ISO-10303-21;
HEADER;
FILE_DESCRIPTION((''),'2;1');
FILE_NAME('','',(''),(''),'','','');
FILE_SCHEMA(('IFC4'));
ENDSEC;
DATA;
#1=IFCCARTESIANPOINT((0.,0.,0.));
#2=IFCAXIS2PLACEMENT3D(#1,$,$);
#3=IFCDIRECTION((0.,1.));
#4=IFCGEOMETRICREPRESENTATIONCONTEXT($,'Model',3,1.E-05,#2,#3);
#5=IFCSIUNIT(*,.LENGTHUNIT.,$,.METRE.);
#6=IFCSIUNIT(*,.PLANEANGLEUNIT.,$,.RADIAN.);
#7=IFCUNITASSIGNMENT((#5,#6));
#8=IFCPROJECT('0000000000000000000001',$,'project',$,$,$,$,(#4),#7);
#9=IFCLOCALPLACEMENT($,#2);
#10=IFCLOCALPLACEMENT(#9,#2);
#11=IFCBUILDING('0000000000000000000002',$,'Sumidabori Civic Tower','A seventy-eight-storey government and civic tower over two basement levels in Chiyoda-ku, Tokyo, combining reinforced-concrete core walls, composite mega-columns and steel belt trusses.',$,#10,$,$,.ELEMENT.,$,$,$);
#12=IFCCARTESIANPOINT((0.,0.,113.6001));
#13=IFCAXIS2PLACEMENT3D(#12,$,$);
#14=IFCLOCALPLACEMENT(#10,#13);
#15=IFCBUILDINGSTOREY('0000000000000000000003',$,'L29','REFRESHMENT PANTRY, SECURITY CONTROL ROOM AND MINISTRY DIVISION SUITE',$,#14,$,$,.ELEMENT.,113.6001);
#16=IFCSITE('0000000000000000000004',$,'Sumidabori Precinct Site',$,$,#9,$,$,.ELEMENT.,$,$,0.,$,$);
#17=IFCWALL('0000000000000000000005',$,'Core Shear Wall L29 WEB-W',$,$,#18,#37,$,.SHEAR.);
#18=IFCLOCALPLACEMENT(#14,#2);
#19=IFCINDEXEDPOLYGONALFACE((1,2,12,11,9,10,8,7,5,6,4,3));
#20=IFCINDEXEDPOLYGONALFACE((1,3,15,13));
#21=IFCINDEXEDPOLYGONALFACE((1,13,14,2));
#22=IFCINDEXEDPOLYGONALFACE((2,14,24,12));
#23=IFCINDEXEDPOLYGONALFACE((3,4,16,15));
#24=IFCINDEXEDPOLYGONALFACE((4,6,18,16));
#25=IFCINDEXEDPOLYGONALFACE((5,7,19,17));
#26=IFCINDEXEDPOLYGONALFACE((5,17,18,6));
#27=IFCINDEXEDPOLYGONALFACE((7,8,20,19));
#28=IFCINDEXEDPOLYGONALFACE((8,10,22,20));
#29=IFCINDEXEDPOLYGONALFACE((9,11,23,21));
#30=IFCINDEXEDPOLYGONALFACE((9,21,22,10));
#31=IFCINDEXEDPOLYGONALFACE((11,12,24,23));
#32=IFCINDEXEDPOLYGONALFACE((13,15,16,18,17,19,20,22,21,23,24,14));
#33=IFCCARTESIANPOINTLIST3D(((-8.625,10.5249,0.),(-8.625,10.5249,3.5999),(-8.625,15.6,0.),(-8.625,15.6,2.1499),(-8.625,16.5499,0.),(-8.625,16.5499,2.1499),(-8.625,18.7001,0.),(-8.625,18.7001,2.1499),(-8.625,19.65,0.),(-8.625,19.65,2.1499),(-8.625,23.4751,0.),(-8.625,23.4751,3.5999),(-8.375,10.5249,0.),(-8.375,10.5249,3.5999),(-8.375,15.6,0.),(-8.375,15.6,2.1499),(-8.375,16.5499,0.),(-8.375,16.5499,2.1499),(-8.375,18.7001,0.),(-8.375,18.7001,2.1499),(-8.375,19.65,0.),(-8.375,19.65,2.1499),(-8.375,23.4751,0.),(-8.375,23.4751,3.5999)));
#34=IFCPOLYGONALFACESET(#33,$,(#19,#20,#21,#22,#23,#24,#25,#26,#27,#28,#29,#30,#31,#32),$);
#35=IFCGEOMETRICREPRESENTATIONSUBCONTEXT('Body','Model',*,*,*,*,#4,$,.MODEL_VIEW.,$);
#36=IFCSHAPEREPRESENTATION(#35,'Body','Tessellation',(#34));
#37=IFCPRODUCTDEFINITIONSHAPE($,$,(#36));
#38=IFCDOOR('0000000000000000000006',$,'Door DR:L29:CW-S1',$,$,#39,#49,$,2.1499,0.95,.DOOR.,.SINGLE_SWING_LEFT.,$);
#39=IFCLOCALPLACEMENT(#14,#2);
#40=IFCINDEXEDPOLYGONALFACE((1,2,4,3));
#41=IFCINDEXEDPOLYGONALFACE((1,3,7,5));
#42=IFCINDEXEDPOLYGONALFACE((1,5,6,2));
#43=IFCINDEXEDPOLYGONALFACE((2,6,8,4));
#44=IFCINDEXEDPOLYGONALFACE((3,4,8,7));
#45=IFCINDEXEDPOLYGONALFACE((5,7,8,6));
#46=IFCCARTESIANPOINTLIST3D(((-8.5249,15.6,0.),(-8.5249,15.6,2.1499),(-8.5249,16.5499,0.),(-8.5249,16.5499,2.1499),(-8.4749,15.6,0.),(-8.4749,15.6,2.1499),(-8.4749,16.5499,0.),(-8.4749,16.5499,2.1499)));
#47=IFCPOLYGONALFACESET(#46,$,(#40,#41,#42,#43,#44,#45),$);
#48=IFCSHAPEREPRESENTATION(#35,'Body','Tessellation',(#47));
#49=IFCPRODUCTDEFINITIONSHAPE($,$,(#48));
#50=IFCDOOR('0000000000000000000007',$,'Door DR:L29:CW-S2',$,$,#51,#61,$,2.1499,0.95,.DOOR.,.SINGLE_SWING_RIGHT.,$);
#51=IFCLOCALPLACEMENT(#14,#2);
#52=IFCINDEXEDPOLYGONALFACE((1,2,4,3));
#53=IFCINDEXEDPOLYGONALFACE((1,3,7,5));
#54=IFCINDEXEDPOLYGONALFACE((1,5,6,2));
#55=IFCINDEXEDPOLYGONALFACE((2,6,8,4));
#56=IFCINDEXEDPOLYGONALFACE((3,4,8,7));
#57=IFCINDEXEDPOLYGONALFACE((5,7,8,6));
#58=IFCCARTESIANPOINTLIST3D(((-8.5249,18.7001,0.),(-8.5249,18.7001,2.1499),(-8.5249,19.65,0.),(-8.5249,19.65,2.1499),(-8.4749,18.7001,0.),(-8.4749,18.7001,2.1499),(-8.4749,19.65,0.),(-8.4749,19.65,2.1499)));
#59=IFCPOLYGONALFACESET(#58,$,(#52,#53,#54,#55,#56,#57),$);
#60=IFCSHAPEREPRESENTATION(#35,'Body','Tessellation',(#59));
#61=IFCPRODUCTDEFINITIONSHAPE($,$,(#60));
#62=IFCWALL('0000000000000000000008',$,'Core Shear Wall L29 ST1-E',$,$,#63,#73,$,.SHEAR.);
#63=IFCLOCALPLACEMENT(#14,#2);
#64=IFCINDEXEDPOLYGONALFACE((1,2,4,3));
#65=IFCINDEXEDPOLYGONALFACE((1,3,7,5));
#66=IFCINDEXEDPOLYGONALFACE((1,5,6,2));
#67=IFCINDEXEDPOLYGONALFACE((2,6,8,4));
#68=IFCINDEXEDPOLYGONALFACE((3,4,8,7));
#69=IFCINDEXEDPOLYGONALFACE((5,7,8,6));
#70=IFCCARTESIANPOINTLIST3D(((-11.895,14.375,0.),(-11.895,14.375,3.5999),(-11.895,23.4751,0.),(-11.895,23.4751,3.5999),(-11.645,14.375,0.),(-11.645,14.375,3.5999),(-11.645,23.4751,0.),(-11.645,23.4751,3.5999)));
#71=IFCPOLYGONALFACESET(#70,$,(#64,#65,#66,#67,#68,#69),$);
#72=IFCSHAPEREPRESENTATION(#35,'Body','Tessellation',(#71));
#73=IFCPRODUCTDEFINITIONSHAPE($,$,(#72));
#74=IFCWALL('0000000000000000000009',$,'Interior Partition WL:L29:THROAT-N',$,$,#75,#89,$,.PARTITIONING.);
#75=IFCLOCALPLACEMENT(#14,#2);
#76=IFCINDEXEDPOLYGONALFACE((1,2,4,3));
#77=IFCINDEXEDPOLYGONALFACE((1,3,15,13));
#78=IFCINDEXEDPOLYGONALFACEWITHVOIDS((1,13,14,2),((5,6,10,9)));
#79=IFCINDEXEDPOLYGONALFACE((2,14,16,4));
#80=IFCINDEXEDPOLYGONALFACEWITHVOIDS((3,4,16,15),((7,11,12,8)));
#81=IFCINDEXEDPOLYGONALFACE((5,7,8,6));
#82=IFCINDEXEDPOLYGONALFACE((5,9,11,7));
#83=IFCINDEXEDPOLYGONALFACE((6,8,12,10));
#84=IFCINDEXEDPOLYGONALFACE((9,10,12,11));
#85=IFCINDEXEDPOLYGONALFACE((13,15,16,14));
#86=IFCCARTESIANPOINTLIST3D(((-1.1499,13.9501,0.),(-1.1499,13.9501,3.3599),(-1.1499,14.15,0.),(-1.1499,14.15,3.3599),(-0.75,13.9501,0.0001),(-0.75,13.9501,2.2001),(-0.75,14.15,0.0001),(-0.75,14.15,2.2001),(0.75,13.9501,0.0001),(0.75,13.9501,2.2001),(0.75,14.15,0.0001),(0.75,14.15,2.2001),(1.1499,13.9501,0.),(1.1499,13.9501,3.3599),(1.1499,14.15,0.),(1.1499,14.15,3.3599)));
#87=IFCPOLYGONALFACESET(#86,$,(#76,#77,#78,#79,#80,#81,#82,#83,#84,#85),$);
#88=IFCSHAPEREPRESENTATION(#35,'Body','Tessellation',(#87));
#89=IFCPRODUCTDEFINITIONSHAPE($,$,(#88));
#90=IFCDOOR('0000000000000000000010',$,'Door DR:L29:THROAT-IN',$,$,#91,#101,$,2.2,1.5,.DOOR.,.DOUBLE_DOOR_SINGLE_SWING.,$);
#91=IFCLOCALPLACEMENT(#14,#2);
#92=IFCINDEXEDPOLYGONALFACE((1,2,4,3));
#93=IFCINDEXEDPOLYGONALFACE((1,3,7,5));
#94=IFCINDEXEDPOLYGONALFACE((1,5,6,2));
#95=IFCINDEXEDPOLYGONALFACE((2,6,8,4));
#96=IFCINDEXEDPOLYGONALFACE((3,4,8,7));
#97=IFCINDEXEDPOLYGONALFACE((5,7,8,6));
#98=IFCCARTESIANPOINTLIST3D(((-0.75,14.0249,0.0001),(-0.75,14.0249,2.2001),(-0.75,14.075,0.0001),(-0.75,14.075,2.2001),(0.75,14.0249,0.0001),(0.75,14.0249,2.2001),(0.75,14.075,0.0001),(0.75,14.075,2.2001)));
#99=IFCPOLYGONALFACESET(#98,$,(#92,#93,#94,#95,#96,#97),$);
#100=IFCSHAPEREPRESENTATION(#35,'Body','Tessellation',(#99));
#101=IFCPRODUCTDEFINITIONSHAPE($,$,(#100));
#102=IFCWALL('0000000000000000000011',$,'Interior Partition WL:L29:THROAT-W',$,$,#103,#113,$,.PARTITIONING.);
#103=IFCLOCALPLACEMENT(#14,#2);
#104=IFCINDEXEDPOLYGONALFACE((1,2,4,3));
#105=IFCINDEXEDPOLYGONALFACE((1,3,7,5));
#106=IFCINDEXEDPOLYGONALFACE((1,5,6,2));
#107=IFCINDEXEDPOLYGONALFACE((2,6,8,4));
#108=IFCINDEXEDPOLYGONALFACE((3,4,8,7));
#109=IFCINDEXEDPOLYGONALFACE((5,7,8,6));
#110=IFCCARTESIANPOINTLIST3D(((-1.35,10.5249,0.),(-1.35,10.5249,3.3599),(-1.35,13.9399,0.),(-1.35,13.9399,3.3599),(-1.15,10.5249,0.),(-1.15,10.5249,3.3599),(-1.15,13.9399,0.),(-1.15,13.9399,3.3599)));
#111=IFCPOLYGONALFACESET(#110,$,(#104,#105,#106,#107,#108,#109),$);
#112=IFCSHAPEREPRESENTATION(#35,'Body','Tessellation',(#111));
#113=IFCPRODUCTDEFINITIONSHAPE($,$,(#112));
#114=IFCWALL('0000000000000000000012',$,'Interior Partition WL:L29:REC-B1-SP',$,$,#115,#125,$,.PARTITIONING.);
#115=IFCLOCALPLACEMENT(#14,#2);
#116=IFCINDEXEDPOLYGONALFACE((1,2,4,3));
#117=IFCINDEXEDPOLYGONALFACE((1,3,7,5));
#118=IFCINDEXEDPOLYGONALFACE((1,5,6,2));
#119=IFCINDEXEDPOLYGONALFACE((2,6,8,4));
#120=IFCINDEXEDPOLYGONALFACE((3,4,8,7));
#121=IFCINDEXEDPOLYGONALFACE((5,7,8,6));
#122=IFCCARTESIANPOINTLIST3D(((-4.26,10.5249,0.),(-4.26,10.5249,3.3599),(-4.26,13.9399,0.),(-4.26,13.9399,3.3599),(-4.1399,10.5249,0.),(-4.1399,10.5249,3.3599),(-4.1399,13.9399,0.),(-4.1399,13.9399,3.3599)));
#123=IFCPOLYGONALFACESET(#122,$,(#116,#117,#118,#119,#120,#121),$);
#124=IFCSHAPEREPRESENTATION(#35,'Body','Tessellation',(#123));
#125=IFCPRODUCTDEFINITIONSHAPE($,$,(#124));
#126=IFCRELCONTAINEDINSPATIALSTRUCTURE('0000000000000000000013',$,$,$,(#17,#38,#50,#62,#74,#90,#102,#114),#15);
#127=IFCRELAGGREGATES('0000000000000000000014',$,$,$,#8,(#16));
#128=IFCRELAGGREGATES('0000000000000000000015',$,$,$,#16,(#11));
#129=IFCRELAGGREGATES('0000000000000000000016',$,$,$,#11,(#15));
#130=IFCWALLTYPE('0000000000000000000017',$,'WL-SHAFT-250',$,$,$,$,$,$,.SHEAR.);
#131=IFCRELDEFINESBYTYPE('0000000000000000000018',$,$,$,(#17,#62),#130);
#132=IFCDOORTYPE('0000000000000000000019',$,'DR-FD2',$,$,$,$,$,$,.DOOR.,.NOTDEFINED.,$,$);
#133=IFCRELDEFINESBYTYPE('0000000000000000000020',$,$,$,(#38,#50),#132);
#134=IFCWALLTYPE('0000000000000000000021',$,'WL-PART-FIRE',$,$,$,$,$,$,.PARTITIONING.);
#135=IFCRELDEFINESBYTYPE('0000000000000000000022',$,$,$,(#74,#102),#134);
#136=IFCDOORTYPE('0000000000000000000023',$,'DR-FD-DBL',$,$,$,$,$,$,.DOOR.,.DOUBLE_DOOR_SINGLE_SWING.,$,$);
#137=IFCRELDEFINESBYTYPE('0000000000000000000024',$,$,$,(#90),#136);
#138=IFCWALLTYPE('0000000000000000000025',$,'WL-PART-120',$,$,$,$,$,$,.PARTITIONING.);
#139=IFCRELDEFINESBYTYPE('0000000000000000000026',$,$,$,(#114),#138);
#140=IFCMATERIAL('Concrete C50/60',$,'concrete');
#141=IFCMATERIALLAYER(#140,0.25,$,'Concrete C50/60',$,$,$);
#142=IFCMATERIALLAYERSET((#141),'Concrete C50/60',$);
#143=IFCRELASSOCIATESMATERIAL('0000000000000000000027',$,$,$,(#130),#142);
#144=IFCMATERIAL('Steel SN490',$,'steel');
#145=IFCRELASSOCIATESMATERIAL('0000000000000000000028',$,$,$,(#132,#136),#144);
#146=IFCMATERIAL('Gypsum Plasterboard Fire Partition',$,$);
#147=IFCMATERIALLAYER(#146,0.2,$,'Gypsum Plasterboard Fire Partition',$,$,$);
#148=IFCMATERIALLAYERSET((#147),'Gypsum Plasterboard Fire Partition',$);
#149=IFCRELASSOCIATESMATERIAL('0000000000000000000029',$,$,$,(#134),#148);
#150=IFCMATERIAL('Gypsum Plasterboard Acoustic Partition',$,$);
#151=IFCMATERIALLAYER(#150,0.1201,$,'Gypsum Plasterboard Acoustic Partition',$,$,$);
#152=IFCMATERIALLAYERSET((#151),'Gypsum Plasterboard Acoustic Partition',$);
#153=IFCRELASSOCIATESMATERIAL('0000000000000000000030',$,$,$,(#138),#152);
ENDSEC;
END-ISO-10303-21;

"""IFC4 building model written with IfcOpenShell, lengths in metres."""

from ifc_helpers import new_model, si_unit, direction, frame, frame_2d, origin, place, context, subcontext, project, spatial, rectangle, extrude, source, transform, mapped, material, layer, layer_set, type_object, element, fill, save


model = new_model("IFC4")

# Units and contexts
model_context = context("Model", 3, precision=1e-05, world=origin(), true_north=direction((0.0, 1.0)))
body_context = subcontext(model_context, "Body", "Model", "MODEL_VIEW")
ifc_project = project(units=[si_unit("LENGTHUNIT", "METRE"), si_unit("PLANEANGLEUNIT", "RADIAN")], contexts=[model_context])

# Site, building, storey
site_placement = place(None, origin())
site = spatial("IfcSite", under=ifc_project, at=site_placement, Name="Sumidabori Precinct Site", CompositionType="ELEMENT", RefElevation=0.0)
building_placement = place(site_placement, origin())
building = spatial("IfcBuilding", under=site, at=building_placement, Name="Sumidabori Civic Tower", Description="A seventy-eight-storey government and civic tower over two basement levels in Chiyoda-ku, Tokyo, combining reinforced-concrete core walls, composite mega-columns and steel belt trusses.", CompositionType="ELEMENT")
storey_placement = place(building_placement, frame((0.0, 0.0, 113.6001)))
storey = spatial("IfcBuildingStorey", under=building, at=storey_placement, Name="L29", Description="REFRESHMENT PANTRY, SECURITY CONTROL ROOM AND MINISTRY DIVISION SUITE", CompositionType="ELEMENT", Elevation=113.6001)

# Shared definitions
ifc_material_1 = material(Name="Concrete C50/60", Category="concrete")

# Shared definitions
ifc_material_2 = material(Name="Steel SN490", Category="steel")

# Wall, openings, doors
ifc_layer_1 = layer(ifc_material_1, 0.25, Name="Concrete C50/60")
ifc_layer_set_1 = layer_set([ifc_layer_1], Name="Concrete C50/60")
wall_type_1 = type_object("IfcWallType", Name="WL-SHAFT-250", PredefinedType="SHEAR", material=ifc_layer_set_1)
shared_shape_1 = source(origin(), body_context, "Body", "SweptSolid", [
    extrude(rectangle(XDim=12.9502, YDim=0.25, at=frame_2d((6.4751, 0.0))), origin(), (0.0, 0.0, 1.0), 3.5999),
])
wall_1_placement = place(storey_placement, frame((-8.5, 10.5249, 0.0), z_axis=(0.0, 0.0, 1.0), x_axis=(0.0, 1.0, 0.0)))
wall_1 = element("IfcWall", 1, at=wall_1_placement, inside=storey, type_object=wall_type_1, Name="Core Shear Wall L29 WEB-W", PredefinedType="SHEAR", context=body_context, shape_type="MappedRepresentation", body=[
    mapped(shared_shape_1, transform((0.0, 0.0, 0.0), x_axis=(1.0, 0.0, 0.0), y_axis=(0.0, 1.0, 0.0), z_axis=(0.0, 0.0, 1.0), scale=1.0)),
])
opening_1_placement = place(wall_1_placement, frame((5.075, 0.0, 0.0)))
opening_1 = element("IfcOpeningElement", 2, at=opening_1_placement, cuts=wall_1, PredefinedType="OPENING", context=body_context, shape_type="SweptSolid", body=[
    extrude(rectangle(XDim=0.95, YDim=2.1499, at=frame_2d((0.4751, 1.075))), frame((0.0, 0.137, 0.0), z_axis=(0.0, -1.0, 0.0), x_axis=(1.0, 0.0, 0.0)), (0.0, 0.0, 1.0), 0.2739),
])
opening_2_placement = place(wall_1_placement, frame((8.175, 0.0, 0.0)))
opening_2 = element("IfcOpeningElement", 3, at=opening_2_placement, cuts=wall_1, PredefinedType="OPENING", context=body_context, shape_type="SweptSolid", body=[
    extrude(rectangle(XDim=0.95, YDim=2.1499, at=frame_2d((0.4751, 1.075))), frame((0.0, 0.137, 0.0), z_axis=(0.0, -1.0, 0.0), x_axis=(1.0, 0.0, 0.0)), (0.0, 0.0, 1.0), 0.2739),
])
door_type_1 = type_object("IfcDoorType", Name="DR-FD2", OperationType="NOTDEFINED", PredefinedType="DOOR", material=ifc_material_2)
shared_shape_2 = source(origin(), body_context, "Body", "SweptSolid", [
    extrude(rectangle(XDim=0.95, YDim=2.1499, at=frame_2d((0.4751, 1.075))), frame((0.0, 0.0249, 0.0), z_axis=(0.0, -1.0, 0.0), x_axis=(1.0, 0.0, 0.0)), (0.0, 0.0, 1.0), 0.05),
])
door_1_placement = place(opening_1_placement, origin())
door_1 = element("IfcDoor", 4, at=door_1_placement, inside=storey, type_object=door_type_1, Name="Door DR:L29:CW-S1", OperationType="SINGLE_SWING_LEFT", OverallHeight=2.1499, OverallWidth=0.95, PredefinedType="DOOR", context=body_context, shape_type="MappedRepresentation", body=[
    mapped(shared_shape_2, transform((0.0, 0.0, 0.0), x_axis=(1.0, 0.0, 0.0), y_axis=(0.0, 1.0, 0.0), z_axis=(0.0, 0.0, 1.0), scale=1.0)),
])
fill(opening_1, door_1)
door_2_placement = place(opening_2_placement, origin())
door_2 = element("IfcDoor", 5, at=door_2_placement, inside=storey, type_object=door_type_1, Name="Door DR:L29:CW-S2", OperationType="SINGLE_SWING_RIGHT", OverallHeight=2.1499, OverallWidth=0.95, PredefinedType="DOOR", context=body_context, shape_type="MappedRepresentation", body=[
    mapped(shared_shape_2, transform((0.0, 0.0, 0.0), x_axis=(1.0, 0.0, 0.0), y_axis=(0.0, 1.0, 0.0), z_axis=(0.0, 0.0, 1.0), scale=1.0)),
])
fill(opening_2, door_2)

# Wall
shared_shape_3 = source(origin(), body_context, "Body", "SweptSolid", [
    extrude(rectangle(XDim=9.1001, YDim=0.25, at=frame_2d((4.55, 0.0))), origin(), (0.0, 0.0, 1.0), 3.5999),
])
wall_2_placement = place(storey_placement, frame((-11.77, 14.375, 0.0), z_axis=(0.0, 0.0, 1.0), x_axis=(0.0, 1.0, 0.0)))
element("IfcWall", 6, at=wall_2_placement, inside=storey, type_object=wall_type_1, Name="Core Shear Wall L29 ST1-E", PredefinedType="SHEAR", context=body_context, shape_type="MappedRepresentation", body=[
    mapped(shared_shape_3, transform((0.0, 0.0, 0.0), x_axis=(1.0, 0.0, 0.0), y_axis=(0.0, 1.0, 0.0), z_axis=(0.0, 0.0, 1.0), scale=1.0)),
])

# Shared definitions
ifc_material_3 = material(Name="Gypsum Plasterboard Fire Partition")
ifc_layer_2 = layer(ifc_material_3, 0.2, Name="Gypsum Plasterboard Fire Partition")
ifc_layer_set_2 = layer_set([ifc_layer_2], Name="Gypsum Plasterboard Fire Partition")
wall_type_2 = type_object("IfcWallType", Name="WL-PART-FIRE", PredefinedType="PARTITIONING", material=ifc_layer_set_2)

# Wall, opening, door
shared_shape_4 = source(origin(), body_context, "Body", "SweptSolid", [
    extrude(rectangle(XDim=2.2998, YDim=0.2, at=frame_2d((1.1499, 0.0))), origin(), (0.0, 0.0, 1.0), 3.3599),
])
wall_3_placement = place(storey_placement, frame((-1.1499, 14.05, 0.0), z_axis=(0.0, 0.0, 1.0), x_axis=(1.0, 0.0, 0.0)))
wall_3 = element("IfcWall", 7, at=wall_3_placement, inside=storey, type_object=wall_type_2, Name="Interior Partition WL:L29:THROAT-N", PredefinedType="PARTITIONING", context=body_context, shape_type="MappedRepresentation", body=[
    mapped(shared_shape_4, transform((0.0, 0.0, 0.0), x_axis=(1.0, 0.0, 0.0), y_axis=(0.0, 1.0, 0.0), z_axis=(0.0, 0.0, 1.0), scale=1.0)),
])
opening_3_placement = place(wall_3_placement, frame((0.3999, 0.0, 0.0)))
opening_3 = element("IfcOpeningElement", 8, at=opening_3_placement, cuts=wall_3, PredefinedType="OPENING", context=body_context, shape_type="SweptSolid", body=[
    extrude(rectangle(XDim=1.5, YDim=2.2, at=frame_2d((0.75, 1.1001))), frame((0.0, 0.1118, 0.0), z_axis=(0.0, -1.0, 0.0), x_axis=(1.0, 0.0, 0.0)), (0.0, 0.0, 1.0), 0.2239),
])
door_type_2 = type_object("IfcDoorType", Name="DR-FD-DBL", OperationType="DOUBLE_DOOR_SINGLE_SWING", PredefinedType="DOOR", material=ifc_material_2)
shared_shape_5 = source(origin(), body_context, "Body", "SweptSolid", [
    extrude(rectangle(XDim=1.5, YDim=2.2, at=frame_2d((0.75, 1.1001))), frame((0.0, 0.0249, 0.0), z_axis=(0.0, -1.0, 0.0), x_axis=(1.0, 0.0, 0.0)), (0.0, 0.0, 1.0), 0.05),
])
door_3_placement = place(opening_3_placement, origin())
door_3 = element("IfcDoor", 9, at=door_3_placement, inside=storey, type_object=door_type_2, Name="Door DR:L29:THROAT-IN", OperationType="DOUBLE_DOOR_SINGLE_SWING", OverallHeight=2.2, OverallWidth=1.5, PredefinedType="DOOR", context=body_context, shape_type="MappedRepresentation", body=[
    mapped(shared_shape_5, transform((0.0, 0.0, 0.0), x_axis=(1.0, 0.0, 0.0), y_axis=(0.0, 1.0, 0.0), z_axis=(0.0, 0.0, 1.0), scale=1.0)),
])
fill(opening_3, door_3)

# Walls
shared_shape_6 = source(origin(), body_context, "Body", "SweptSolid", [
    extrude(rectangle(XDim=3.415, YDim=0.2, at=frame_2d((1.7075, 0.0))), origin(), (0.0, 0.0, 1.0), 3.3599),
])
wall_4_placement = place(storey_placement, frame((-1.25, 10.5249, 0.0), z_axis=(0.0, 0.0, 1.0), x_axis=(0.0, 1.0, 0.0)))
element("IfcWall", 10, at=wall_4_placement, inside=storey, type_object=wall_type_2, Name="Interior Partition WL:L29:THROAT-W", PredefinedType="PARTITIONING", context=body_context, shape_type="MappedRepresentation", body=[
    mapped(shared_shape_6, transform((0.0, 0.0, 0.0), x_axis=(1.0, 0.0, 0.0), y_axis=(0.0, 1.0, 0.0), z_axis=(0.0, 0.0, 1.0), scale=1.0)),
])
ifc_material_4 = material(Name="Gypsum Plasterboard Acoustic Partition")
ifc_layer_3 = layer(ifc_material_4, 0.1201, Name="Gypsum Plasterboard Acoustic Partition")
ifc_layer_set_3 = layer_set([ifc_layer_3], Name="Gypsum Plasterboard Acoustic Partition")
wall_type_3 = type_object("IfcWallType", Name="WL-PART-120", PredefinedType="PARTITIONING", material=ifc_layer_set_3)
shared_shape_7 = source(origin(), body_context, "Body", "SweptSolid", [
    extrude(rectangle(XDim=3.415, YDim=0.1201, at=frame_2d((1.7075, 0.0))), origin(), (0.0, 0.0, 1.0), 3.3599),
])
wall_5_placement = place(storey_placement, frame((-4.2, 10.5249, 0.0), z_axis=(0.0, 0.0, 1.0), x_axis=(0.0, 1.0, 0.0)))
element("IfcWall", 11, at=wall_5_placement, inside=storey, type_object=wall_type_3, Name="Interior Partition WL:L29:REC-B1-SP", PredefinedType="PARTITIONING", context=body_context, shape_type="MappedRepresentation", body=[
    mapped(shared_shape_7, transform((0.0, 0.0, 0.0), x_axis=(1.0, 0.0, 0.0), y_axis=(0.0, 1.0, 0.0), z_axis=(0.0, 0.0, 1.0), scale=1.0)),
])

save(model, "model.ifc")
